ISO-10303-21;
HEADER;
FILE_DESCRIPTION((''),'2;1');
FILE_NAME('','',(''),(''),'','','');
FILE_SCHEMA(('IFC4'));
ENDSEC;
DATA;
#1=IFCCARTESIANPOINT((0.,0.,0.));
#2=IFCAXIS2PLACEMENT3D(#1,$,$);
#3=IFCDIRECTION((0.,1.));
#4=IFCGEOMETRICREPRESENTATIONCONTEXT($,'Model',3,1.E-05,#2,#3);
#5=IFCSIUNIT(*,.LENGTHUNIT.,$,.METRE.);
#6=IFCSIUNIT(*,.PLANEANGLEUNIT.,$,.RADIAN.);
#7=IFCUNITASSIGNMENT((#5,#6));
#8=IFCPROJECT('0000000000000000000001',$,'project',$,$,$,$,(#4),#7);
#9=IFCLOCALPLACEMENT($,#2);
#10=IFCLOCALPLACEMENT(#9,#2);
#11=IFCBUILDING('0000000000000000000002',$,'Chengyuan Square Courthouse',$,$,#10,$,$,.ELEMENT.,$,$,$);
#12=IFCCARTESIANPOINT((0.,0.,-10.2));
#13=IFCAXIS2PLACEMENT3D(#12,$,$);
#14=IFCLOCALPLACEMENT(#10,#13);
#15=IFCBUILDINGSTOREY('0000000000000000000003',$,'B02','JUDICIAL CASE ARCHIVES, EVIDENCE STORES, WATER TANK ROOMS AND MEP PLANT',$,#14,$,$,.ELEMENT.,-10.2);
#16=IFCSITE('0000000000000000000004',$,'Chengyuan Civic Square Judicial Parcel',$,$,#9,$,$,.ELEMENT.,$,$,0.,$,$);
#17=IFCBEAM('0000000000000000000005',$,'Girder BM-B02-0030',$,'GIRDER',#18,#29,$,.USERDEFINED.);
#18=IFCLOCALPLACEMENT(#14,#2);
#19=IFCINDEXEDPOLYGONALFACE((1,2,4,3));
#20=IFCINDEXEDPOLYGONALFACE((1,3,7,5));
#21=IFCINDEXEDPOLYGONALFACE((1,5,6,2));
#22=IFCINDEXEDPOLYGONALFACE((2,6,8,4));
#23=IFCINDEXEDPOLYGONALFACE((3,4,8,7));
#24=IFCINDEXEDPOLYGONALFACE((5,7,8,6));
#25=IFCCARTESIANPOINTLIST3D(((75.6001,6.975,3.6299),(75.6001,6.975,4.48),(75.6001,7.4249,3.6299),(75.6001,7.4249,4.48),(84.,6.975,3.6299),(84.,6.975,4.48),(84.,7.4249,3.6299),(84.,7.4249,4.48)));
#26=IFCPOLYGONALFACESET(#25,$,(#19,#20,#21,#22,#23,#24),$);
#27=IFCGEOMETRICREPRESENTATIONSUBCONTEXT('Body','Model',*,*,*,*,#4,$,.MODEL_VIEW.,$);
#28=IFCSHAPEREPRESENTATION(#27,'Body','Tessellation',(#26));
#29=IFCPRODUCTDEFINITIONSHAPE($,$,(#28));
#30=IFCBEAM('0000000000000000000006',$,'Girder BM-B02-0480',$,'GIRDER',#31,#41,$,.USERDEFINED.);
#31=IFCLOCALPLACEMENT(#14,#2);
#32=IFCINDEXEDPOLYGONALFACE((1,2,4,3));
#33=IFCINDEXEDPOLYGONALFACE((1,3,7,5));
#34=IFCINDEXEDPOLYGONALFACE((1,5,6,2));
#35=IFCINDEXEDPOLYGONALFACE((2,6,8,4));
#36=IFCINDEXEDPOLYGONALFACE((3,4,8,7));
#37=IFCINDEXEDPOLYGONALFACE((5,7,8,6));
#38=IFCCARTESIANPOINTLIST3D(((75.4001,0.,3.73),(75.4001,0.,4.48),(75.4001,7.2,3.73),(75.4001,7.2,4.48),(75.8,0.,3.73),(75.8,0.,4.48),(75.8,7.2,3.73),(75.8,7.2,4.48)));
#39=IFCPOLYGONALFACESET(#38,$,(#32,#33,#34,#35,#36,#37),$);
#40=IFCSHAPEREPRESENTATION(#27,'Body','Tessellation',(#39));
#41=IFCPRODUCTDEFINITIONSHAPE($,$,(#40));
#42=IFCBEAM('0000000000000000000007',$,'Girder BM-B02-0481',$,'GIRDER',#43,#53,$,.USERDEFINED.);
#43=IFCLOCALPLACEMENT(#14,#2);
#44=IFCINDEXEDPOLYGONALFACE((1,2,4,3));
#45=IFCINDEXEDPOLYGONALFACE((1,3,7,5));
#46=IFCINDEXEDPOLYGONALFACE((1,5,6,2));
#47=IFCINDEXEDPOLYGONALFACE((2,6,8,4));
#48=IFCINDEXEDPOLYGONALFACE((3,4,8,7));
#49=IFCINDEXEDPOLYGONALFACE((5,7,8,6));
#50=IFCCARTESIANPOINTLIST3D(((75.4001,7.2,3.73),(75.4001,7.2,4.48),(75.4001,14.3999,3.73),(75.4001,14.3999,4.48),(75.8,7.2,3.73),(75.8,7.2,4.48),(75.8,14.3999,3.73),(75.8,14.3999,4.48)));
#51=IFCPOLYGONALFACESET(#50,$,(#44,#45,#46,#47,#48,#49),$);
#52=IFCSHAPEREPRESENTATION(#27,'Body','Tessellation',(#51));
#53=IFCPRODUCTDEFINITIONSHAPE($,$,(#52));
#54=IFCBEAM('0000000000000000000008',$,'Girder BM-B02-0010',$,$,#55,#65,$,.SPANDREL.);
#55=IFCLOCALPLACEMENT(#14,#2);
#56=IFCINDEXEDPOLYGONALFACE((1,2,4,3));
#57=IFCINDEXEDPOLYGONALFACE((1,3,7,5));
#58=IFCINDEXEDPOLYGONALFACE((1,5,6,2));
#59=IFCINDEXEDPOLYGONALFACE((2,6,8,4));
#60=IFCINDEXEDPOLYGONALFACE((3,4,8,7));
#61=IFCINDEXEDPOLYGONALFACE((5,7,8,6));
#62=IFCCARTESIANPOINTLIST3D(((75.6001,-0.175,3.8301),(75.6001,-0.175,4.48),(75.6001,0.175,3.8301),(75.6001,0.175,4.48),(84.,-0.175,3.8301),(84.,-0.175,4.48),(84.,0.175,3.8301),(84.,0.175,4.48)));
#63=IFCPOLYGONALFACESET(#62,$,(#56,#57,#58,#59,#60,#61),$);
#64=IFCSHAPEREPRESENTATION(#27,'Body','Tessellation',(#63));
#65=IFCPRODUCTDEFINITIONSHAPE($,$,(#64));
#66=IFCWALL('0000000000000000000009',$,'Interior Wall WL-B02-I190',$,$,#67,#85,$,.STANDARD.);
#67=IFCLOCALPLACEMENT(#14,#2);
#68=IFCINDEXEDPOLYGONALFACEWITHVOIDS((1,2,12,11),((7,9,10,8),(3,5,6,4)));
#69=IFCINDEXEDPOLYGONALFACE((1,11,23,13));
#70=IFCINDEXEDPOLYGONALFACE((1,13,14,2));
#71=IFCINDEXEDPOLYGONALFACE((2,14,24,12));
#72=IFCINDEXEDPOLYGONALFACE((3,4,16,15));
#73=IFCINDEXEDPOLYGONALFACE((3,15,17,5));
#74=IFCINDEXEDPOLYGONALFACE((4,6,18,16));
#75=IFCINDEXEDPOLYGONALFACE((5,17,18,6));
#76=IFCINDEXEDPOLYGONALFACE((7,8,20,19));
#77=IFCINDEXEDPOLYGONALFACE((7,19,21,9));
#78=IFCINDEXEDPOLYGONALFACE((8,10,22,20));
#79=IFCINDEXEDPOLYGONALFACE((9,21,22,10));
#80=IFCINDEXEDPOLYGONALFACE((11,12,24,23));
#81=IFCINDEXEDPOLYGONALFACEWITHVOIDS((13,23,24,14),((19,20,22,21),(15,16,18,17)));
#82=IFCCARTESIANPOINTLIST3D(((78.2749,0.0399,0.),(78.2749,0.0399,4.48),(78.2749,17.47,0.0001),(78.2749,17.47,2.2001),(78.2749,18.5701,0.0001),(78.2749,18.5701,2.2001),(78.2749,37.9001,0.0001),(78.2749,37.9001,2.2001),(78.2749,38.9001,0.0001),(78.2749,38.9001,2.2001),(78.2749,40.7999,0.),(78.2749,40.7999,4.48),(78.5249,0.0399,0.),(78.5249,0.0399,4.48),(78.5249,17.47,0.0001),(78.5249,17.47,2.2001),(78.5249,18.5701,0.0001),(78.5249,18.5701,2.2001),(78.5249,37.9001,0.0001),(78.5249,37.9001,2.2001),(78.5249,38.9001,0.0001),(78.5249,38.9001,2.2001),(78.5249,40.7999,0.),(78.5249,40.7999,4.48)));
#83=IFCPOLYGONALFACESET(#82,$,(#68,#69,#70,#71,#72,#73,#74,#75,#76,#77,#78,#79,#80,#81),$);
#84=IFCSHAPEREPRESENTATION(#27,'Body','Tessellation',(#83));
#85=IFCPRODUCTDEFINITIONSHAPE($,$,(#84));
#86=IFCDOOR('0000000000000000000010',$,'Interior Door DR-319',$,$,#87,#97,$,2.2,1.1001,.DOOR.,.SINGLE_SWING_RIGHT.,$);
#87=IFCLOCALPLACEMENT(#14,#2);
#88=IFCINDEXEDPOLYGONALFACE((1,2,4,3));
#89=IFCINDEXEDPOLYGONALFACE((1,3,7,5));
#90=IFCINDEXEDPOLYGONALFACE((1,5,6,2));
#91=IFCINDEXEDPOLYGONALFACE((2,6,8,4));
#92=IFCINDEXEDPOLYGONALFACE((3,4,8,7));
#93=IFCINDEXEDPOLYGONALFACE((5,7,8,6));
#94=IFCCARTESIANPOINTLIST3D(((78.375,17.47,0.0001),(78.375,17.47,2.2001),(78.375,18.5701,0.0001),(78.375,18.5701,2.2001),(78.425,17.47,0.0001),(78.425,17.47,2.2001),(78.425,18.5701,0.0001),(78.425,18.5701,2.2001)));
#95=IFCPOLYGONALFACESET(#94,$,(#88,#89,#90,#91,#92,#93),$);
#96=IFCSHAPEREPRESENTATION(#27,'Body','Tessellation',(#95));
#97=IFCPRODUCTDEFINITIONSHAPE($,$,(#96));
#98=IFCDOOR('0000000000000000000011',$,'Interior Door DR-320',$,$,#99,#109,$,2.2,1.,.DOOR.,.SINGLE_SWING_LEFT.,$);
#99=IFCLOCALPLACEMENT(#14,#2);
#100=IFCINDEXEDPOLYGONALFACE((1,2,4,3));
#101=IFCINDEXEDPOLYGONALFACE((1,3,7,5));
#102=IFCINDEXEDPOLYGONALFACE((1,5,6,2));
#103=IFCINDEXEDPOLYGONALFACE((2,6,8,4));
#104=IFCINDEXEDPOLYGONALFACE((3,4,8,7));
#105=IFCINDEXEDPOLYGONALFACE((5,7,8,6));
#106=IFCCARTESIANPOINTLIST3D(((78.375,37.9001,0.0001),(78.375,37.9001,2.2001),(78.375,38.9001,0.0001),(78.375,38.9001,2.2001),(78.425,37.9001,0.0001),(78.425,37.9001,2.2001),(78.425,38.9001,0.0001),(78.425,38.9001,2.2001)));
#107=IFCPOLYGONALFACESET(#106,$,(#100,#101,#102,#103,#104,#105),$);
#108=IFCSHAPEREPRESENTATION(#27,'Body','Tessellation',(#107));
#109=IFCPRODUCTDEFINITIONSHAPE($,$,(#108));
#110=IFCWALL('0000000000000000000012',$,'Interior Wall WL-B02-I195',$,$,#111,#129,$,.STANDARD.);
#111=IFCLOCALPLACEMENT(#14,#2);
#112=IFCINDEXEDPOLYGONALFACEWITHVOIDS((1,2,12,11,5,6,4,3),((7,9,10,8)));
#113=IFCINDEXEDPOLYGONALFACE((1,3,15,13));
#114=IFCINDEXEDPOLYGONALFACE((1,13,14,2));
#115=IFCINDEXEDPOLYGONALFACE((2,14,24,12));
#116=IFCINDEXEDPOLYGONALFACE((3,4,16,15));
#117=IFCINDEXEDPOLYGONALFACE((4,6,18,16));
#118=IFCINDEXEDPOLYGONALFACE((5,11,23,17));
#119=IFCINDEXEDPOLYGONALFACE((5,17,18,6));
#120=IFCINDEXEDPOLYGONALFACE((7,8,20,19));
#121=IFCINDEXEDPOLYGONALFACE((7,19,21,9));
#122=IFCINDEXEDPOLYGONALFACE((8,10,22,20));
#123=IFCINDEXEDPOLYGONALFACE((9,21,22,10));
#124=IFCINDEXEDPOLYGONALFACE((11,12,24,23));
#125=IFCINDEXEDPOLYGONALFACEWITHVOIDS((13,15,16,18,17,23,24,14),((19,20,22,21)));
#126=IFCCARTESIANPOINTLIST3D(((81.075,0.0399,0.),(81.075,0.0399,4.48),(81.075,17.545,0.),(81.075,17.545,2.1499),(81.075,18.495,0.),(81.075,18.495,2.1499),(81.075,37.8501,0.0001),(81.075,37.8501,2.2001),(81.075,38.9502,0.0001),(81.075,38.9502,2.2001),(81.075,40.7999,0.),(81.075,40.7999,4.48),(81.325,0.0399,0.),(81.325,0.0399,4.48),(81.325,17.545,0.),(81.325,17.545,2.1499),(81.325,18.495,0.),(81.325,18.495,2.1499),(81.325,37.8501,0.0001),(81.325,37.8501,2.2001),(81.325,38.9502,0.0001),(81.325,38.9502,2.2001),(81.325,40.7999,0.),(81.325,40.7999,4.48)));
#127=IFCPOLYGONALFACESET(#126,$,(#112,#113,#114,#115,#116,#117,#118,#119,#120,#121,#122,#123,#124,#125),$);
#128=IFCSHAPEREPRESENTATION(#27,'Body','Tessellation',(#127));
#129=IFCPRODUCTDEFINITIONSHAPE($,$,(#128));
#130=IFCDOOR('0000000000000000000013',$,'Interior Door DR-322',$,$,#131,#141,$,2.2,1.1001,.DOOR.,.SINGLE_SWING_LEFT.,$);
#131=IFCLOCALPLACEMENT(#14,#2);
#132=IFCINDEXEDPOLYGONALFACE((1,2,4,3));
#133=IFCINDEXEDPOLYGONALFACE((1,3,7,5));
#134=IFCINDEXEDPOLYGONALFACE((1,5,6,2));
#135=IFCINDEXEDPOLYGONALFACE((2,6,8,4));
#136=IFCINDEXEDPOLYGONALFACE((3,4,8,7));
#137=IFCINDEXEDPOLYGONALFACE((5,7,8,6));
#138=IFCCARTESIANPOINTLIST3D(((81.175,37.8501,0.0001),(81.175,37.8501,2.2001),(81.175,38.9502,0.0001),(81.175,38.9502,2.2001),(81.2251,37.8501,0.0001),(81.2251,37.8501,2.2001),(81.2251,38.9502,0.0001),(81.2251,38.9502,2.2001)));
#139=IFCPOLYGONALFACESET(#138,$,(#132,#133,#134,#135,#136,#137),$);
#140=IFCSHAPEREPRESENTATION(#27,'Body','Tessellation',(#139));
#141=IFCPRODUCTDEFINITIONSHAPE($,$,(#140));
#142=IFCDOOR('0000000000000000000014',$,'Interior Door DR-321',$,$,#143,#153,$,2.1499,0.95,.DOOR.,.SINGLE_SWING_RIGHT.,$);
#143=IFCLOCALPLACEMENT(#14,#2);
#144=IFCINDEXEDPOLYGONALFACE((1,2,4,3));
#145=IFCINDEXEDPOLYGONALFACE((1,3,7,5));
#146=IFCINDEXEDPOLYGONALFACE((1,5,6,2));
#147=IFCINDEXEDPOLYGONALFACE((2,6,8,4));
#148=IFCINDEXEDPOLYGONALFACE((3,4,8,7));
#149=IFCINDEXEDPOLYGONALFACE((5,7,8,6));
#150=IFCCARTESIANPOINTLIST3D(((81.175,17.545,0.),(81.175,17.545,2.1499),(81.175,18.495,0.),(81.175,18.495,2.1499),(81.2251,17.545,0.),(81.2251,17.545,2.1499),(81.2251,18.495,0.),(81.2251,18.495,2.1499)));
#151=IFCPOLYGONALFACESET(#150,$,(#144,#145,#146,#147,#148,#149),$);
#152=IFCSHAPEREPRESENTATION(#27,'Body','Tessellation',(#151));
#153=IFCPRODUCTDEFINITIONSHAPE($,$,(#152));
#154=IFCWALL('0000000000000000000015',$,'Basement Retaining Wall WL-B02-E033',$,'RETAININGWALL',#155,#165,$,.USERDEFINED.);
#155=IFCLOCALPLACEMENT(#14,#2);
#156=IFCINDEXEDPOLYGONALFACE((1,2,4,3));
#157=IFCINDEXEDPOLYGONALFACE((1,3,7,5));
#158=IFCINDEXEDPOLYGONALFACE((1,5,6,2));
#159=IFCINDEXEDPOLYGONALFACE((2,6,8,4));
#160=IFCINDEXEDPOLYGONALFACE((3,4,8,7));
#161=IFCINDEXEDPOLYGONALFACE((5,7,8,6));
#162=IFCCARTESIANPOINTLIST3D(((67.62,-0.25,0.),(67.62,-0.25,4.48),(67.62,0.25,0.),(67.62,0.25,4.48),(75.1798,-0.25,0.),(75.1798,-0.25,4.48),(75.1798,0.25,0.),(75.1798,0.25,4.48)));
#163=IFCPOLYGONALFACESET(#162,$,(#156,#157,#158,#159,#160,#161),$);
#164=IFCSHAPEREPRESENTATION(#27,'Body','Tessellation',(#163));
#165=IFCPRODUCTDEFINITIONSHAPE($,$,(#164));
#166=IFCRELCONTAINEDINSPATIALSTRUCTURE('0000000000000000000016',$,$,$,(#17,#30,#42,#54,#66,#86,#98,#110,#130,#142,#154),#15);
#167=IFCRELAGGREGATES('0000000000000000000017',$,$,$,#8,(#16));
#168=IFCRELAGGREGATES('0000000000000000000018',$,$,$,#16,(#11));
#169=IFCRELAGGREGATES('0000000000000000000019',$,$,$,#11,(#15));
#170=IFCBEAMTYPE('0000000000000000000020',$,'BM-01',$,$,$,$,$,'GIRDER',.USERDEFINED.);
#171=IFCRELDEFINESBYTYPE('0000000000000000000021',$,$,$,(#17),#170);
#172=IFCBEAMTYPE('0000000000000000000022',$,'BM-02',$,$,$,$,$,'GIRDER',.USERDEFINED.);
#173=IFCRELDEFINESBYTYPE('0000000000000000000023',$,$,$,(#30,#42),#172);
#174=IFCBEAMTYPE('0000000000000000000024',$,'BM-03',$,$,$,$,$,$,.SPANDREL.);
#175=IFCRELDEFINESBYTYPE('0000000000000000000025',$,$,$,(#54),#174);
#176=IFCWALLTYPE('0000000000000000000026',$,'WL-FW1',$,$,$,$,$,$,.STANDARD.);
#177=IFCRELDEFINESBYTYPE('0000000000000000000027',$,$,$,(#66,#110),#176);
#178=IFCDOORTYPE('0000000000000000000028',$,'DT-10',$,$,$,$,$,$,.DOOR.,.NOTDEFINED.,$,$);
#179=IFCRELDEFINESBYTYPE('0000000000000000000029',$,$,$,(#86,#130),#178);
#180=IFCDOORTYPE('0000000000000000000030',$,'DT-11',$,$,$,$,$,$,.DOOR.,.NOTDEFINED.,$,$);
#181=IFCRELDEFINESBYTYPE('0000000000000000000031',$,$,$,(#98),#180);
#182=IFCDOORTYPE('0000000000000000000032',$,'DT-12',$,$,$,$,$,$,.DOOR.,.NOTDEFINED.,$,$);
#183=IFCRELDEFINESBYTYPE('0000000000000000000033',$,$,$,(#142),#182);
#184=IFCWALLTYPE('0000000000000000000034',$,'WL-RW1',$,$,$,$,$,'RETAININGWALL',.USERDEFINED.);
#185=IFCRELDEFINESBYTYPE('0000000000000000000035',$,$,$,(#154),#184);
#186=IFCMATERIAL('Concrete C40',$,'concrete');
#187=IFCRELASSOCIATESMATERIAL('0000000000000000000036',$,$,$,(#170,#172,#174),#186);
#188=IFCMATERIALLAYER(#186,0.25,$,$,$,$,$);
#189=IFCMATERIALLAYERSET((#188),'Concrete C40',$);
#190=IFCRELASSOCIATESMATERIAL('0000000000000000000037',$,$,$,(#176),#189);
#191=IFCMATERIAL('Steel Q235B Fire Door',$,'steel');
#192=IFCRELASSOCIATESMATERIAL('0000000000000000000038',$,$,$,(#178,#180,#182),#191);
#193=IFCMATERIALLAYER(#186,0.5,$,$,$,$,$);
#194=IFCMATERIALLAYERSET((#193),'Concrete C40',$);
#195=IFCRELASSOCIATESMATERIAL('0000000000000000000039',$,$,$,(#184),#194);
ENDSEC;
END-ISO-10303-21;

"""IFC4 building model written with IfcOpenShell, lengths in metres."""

from ifc_helpers import new_model, si_unit, direction, frame, frame_2d, origin, origin_2d, place, context, subcontext, project, spatial, rectangle, extrude, material, layer, layer_set, material_profile, profile_set, type_object, element, fill, save


model = new_model("IFC4")

# Units and contexts
model_context = context("Model", 3, precision=1e-05, world=origin(), true_north=direction((0.0, 1.0)))
body_context = subcontext(model_context, "Body", "Model", "MODEL_VIEW")
ifc_project = project(units=[si_unit("LENGTHUNIT", "METRE"), si_unit("PLANEANGLEUNIT", "RADIAN")], contexts=[model_context])

# Site, building, storey
site_placement = place(None, origin())
site = spatial("IfcSite", under=ifc_project, at=site_placement, Name="Chengyuan Civic Square Judicial Parcel", CompositionType="ELEMENT", RefElevation=0.0)
building_placement = place(site_placement, origin())
building = spatial("IfcBuilding", under=site, at=building_placement, Name="Chengyuan Square Courthouse", CompositionType="ELEMENT")
storey_placement = place(building_placement, frame((0.0, 0.0, -10.2)))
storey = spatial("IfcBuildingStorey", under=building, at=storey_placement, Name="B02", Description="JUDICIAL CASE ARCHIVES, EVIDENCE STORES, WATER TANK ROOMS AND MEP PLANT", CompositionType="ELEMENT", Elevation=-10.2)

# Shared definitions
ifc_material_1 = material(Name="Concrete C40", Category="concrete")

# Beams
ifc_material_profile_1 = material_profile(ifc_material_1, rectangle(XDim=0.45, YDim=0.8501, at=origin_2d()), Name="RC-BM-450x850")
ifc_profile_set_1 = profile_set([ifc_material_profile_1], Name="Concrete C40")
beam_type_1 = type_object("IfcBeamType", Name="BM-01", ElementType="GIRDER", PredefinedType="USERDEFINED", material=ifc_profile_set_1)
beam_1_placement = place(storey_placement, frame((75.6001, 7.2, 4.0549), z_axis=(1.0, 0.0, 0.0), x_axis=(0.0, 1.0, 0.0)))
element("IfcBeam", 1, at=beam_1_placement, inside=storey, type_object=beam_type_1, Name="Girder BM-B02-0030", ObjectType="GIRDER", PredefinedType="USERDEFINED", context=body_context, shape_type="SweptSolid", body=[
    extrude(rectangle(XDim=0.45, YDim=0.8501, at=origin_2d()), origin(), (0.0, 0.0, 1.0), 8.3999),
])
ifc_material_profile_2 = material_profile(ifc_material_1, rectangle(XDim=0.3999, YDim=0.75, at=origin_2d()), Name="RC-BM-400x750")
ifc_profile_set_2 = profile_set([ifc_material_profile_2], Name="Concrete C40")
beam_type_2 = type_object("IfcBeamType", Name="BM-02", ElementType="GIRDER", PredefinedType="USERDEFINED", material=ifc_profile_set_2)
for number, where, z_axis, x_axis, name in (
    (2, (75.6001, 0.0, 4.105), (0.0, 1.0, 0.0), (-1.0, 0.0, 0.0), "Girder BM-B02-0480"),
    (3, (75.6001, 7.2, 4.105), (0.0, 1.0, 0.0), (-1.0, 0.0, 0.0), "Girder BM-B02-0481"),
):
    element("IfcBeam", number, at=place(storey_placement, frame(where, z_axis=z_axis, x_axis=x_axis)), inside=storey, type_object=beam_type_2, Name=name, ObjectType="GIRDER", PredefinedType="USERDEFINED", context=body_context, shape_type="SweptSolid", body=[
        extrude(rectangle(XDim=0.3999, YDim=0.75, at=origin_2d()), origin(), (0.0, 0.0, 1.0), 7.2),
    ])
ifc_material_profile_3 = material_profile(ifc_material_1, rectangle(XDim=0.3501, YDim=0.6499, at=origin_2d()), Name="RC-BM-350x650")
ifc_profile_set_3 = profile_set([ifc_material_profile_3], Name="Concrete C40")
beam_type_3 = type_object("IfcBeamType", Name="BM-03", PredefinedType="SPANDREL", material=ifc_profile_set_3)
beam_2_placement = place(storey_placement, frame((75.6001, 0.0, 4.155), z_axis=(1.0, 0.0, 0.0), x_axis=(0.0, 1.0, 0.0)))
element("IfcBeam", 4, at=beam_2_placement, inside=storey, type_object=beam_type_3, Name="Girder BM-B02-0010", PredefinedType="SPANDREL", context=body_context, shape_type="SweptSolid", body=[
    extrude(rectangle(XDim=0.3501, YDim=0.6499, at=origin_2d()), origin(), (0.0, 0.0, 1.0), 8.3999),
])

# Walls, openings, doors
ifc_layer_1 = layer(ifc_material_1, 0.25)
ifc_layer_set_1 = layer_set([ifc_layer_1], Name="Concrete C40")
wall_type_1 = type_object("IfcWallType", Name="WL-FW1", PredefinedType="STANDARD", material=ifc_layer_set_1)
wall_1_placement = place(storey_placement, frame((78.3999, 0.04, 0.0), z_axis=(0.0, 0.0, 1.0), x_axis=(0.0, 1.0, 0.0)))
wall_1 = element("IfcWall", 5, at=wall_1_placement, inside=storey, type_object=wall_type_1, Name="Interior Wall WL-B02-I190", PredefinedType="STANDARD", context=body_context, shape_type="SweptSolid", body=[
    extrude(rectangle(XDim=40.76, YDim=0.25, at=frame_2d((20.3799, 0.0))), origin(), (0.0, 0.0, 1.0), 4.48),
])
opening_1_placement = place(wall_1_placement, frame((17.4299, 0.0, 0.0)))
opening_1 = element("IfcOpeningElement", 6, at=opening_1_placement, cuts=wall_1, PredefinedType="OPENING", context=body_context, shape_type="SweptSolid", body=[
    extrude(rectangle(XDim=1.1001, YDim=2.2, at=frame_2d((0.55, 1.1001))), frame((0.0, 0.137, 0.0), z_axis=(0.0, -1.0, 0.0), x_axis=(1.0, 0.0, 0.0)), (0.0, 0.0, 1.0), 0.2739),
])
opening_2_placement = place(wall_1_placement, frame((37.8601, 0.0, 0.0)))
opening_2 = element("IfcOpeningElement", 7, at=opening_2_placement, cuts=wall_1, PredefinedType="OPENING", context=body_context, shape_type="SweptSolid", body=[
    extrude(rectangle(XDim=1.0, YDim=2.2, at=frame_2d((0.5, 1.1001))), frame((0.0, 0.137, 0.0), z_axis=(0.0, -1.0, 0.0), x_axis=(1.0, 0.0, 0.0)), (0.0, 0.0, 1.0), 0.2739),
])
ifc_material_2 = material(Name="Steel Q235B Fire Door", Category="steel")
door_type_1 = type_object("IfcDoorType", Name="DT-10", OperationType="NOTDEFINED", PredefinedType="DOOR", material=ifc_material_2)
door_1_placement = place(opening_1_placement, origin())
door_1 = element("IfcDoor", 8, at=door_1_placement, inside=storey, type_object=door_type_1, Name="Interior Door DR-319", OperationType="SINGLE_SWING_RIGHT", OverallHeight=2.2, OverallWidth=1.1001, PredefinedType="DOOR", context=body_context, shape_type="SweptSolid", body=[
    extrude(rectangle(XDim=1.1001, YDim=2.2, at=frame_2d((0.55, 1.1001))), frame((0.0, 0.0249, 0.0), z_axis=(0.0, -1.0, 0.0), x_axis=(1.0, 0.0, 0.0)), (0.0, 0.0, 1.0), 0.05),
])
fill(opening_1, door_1)
door_type_2 = type_object("IfcDoorType", Name="DT-11", OperationType="NOTDEFINED", PredefinedType="DOOR", material=ifc_material_2)
door_2_placement = place(opening_2_placement, origin())
door_2 = element("IfcDoor", 9, at=door_2_placement, inside=storey, type_object=door_type_2, Name="Interior Door DR-320", OperationType="SINGLE_SWING_LEFT", OverallHeight=2.2, OverallWidth=1.0, PredefinedType="DOOR", context=body_context, shape_type="SweptSolid", body=[
    extrude(rectangle(XDim=1.0, YDim=2.2, at=frame_2d((0.5, 1.1001))), frame((0.0, 0.0249, 0.0), z_axis=(0.0, -1.0, 0.0), x_axis=(1.0, 0.0, 0.0)), (0.0, 0.0, 1.0), 0.05),
])
fill(opening_2, door_2)
wall_2_placement = place(storey_placement, frame((81.2, 0.04, 0.0), z_axis=(0.0, 0.0, 1.0), x_axis=(0.0, 1.0, 0.0)))
wall_2 = element("IfcWall", 10, at=wall_2_placement, inside=storey, type_object=wall_type_1, Name="Interior Wall WL-B02-I195", PredefinedType="STANDARD", context=body_context, shape_type="SweptSolid", body=[
    extrude(rectangle(XDim=40.76, YDim=0.25, at=frame_2d((20.3799, 0.0))), origin(), (0.0, 0.0, 1.0), 4.48),
])
opening_3_placement = place(wall_2_placement, frame((17.5049, 0.0, 0.0)))
opening_3 = element("IfcOpeningElement", 11, at=opening_3_placement, cuts=wall_2, PredefinedType="OPENING", context=body_context, shape_type="SweptSolid", body=[
    extrude(rectangle(XDim=0.95, YDim=2.1499, at=frame_2d((0.4751, 1.075))), frame((0.0, 0.137, 0.0), z_axis=(0.0, -1.0, 0.0), x_axis=(1.0, 0.0, 0.0)), (0.0, 0.0, 1.0), 0.2739),
])
opening_4_placement = place(wall_2_placement, frame((37.8101, 0.0, 0.0)))
opening_4 = element("IfcOpeningElement", 12, at=opening_4_placement, cuts=wall_2, PredefinedType="OPENING", context=body_context, shape_type="SweptSolid", body=[
    extrude(rectangle(XDim=1.1001, YDim=2.2, at=frame_2d((0.55, 1.1001))), frame((0.0, 0.137, 0.0), z_axis=(0.0, -1.0, 0.0), x_axis=(1.0, 0.0, 0.0)), (0.0, 0.0, 1.0), 0.2739),
])
door_3_placement = place(opening_4_placement, origin())
door_3 = element("IfcDoor", 13, at=door_3_placement, inside=storey, type_object=door_type_1, Name="Interior Door DR-322", OperationType="SINGLE_SWING_LEFT", OverallHeight=2.2, OverallWidth=1.1001, PredefinedType="DOOR", context=body_context, shape_type="SweptSolid", body=[
    extrude(rectangle(XDim=1.1001, YDim=2.2, at=frame_2d((0.55, 1.1001))), frame((0.0, 0.0249, 0.0), z_axis=(0.0, -1.0, 0.0), x_axis=(1.0, 0.0, 0.0)), (0.0, 0.0, 1.0), 0.05),
])
fill(opening_4, door_3)
door_type_3 = type_object("IfcDoorType", Name="DT-12", OperationType="NOTDEFINED", PredefinedType="DOOR", material=ifc_material_2)
door_4_placement = place(opening_3_placement, origin())
door_4 = element("IfcDoor", 14, at=door_4_placement, inside=storey, type_object=door_type_3, Name="Interior Door DR-321", OperationType="SINGLE_SWING_RIGHT", OverallHeight=2.1499, OverallWidth=0.95, PredefinedType="DOOR", context=body_context, shape_type="SweptSolid", body=[
    extrude(rectangle(XDim=0.95, YDim=2.1499, at=frame_2d((0.4751, 1.075))), frame((0.0, 0.0249, 0.0), z_axis=(0.0, -1.0, 0.0), x_axis=(1.0, 0.0, 0.0)), (0.0, 0.0, 1.0), 0.05),
])
fill(opening_3, door_4)

# Wall
ifc_layer_2 = layer(ifc_material_1, 0.5)
ifc_layer_set_2 = layer_set([ifc_layer_2], Name="Concrete C40")
wall_type_2 = type_object("IfcWallType", Name="WL-RW1", ElementType="RETAININGWALL", PredefinedType="USERDEFINED", material=ifc_layer_set_2)
wall_3_placement = place(storey_placement, frame((67.6201, 0.0, 0.0), z_axis=(0.0, 0.0, 1.0), x_axis=(1.0, 0.0, 0.0)))
element("IfcWall", 15, at=wall_3_placement, inside=storey, type_object=wall_type_2, Name="Basement Retaining Wall WL-B02-E033", ObjectType="RETAININGWALL", PredefinedType="USERDEFINED", context=body_context, shape_type="SweptSolid", body=[
    extrude(rectangle(XDim=7.5598, YDim=0.5, at=frame_2d((3.7798, 0.0))), origin(), (0.0, 0.0, 1.0), 4.48),
])

save(model, "model.ifc")
